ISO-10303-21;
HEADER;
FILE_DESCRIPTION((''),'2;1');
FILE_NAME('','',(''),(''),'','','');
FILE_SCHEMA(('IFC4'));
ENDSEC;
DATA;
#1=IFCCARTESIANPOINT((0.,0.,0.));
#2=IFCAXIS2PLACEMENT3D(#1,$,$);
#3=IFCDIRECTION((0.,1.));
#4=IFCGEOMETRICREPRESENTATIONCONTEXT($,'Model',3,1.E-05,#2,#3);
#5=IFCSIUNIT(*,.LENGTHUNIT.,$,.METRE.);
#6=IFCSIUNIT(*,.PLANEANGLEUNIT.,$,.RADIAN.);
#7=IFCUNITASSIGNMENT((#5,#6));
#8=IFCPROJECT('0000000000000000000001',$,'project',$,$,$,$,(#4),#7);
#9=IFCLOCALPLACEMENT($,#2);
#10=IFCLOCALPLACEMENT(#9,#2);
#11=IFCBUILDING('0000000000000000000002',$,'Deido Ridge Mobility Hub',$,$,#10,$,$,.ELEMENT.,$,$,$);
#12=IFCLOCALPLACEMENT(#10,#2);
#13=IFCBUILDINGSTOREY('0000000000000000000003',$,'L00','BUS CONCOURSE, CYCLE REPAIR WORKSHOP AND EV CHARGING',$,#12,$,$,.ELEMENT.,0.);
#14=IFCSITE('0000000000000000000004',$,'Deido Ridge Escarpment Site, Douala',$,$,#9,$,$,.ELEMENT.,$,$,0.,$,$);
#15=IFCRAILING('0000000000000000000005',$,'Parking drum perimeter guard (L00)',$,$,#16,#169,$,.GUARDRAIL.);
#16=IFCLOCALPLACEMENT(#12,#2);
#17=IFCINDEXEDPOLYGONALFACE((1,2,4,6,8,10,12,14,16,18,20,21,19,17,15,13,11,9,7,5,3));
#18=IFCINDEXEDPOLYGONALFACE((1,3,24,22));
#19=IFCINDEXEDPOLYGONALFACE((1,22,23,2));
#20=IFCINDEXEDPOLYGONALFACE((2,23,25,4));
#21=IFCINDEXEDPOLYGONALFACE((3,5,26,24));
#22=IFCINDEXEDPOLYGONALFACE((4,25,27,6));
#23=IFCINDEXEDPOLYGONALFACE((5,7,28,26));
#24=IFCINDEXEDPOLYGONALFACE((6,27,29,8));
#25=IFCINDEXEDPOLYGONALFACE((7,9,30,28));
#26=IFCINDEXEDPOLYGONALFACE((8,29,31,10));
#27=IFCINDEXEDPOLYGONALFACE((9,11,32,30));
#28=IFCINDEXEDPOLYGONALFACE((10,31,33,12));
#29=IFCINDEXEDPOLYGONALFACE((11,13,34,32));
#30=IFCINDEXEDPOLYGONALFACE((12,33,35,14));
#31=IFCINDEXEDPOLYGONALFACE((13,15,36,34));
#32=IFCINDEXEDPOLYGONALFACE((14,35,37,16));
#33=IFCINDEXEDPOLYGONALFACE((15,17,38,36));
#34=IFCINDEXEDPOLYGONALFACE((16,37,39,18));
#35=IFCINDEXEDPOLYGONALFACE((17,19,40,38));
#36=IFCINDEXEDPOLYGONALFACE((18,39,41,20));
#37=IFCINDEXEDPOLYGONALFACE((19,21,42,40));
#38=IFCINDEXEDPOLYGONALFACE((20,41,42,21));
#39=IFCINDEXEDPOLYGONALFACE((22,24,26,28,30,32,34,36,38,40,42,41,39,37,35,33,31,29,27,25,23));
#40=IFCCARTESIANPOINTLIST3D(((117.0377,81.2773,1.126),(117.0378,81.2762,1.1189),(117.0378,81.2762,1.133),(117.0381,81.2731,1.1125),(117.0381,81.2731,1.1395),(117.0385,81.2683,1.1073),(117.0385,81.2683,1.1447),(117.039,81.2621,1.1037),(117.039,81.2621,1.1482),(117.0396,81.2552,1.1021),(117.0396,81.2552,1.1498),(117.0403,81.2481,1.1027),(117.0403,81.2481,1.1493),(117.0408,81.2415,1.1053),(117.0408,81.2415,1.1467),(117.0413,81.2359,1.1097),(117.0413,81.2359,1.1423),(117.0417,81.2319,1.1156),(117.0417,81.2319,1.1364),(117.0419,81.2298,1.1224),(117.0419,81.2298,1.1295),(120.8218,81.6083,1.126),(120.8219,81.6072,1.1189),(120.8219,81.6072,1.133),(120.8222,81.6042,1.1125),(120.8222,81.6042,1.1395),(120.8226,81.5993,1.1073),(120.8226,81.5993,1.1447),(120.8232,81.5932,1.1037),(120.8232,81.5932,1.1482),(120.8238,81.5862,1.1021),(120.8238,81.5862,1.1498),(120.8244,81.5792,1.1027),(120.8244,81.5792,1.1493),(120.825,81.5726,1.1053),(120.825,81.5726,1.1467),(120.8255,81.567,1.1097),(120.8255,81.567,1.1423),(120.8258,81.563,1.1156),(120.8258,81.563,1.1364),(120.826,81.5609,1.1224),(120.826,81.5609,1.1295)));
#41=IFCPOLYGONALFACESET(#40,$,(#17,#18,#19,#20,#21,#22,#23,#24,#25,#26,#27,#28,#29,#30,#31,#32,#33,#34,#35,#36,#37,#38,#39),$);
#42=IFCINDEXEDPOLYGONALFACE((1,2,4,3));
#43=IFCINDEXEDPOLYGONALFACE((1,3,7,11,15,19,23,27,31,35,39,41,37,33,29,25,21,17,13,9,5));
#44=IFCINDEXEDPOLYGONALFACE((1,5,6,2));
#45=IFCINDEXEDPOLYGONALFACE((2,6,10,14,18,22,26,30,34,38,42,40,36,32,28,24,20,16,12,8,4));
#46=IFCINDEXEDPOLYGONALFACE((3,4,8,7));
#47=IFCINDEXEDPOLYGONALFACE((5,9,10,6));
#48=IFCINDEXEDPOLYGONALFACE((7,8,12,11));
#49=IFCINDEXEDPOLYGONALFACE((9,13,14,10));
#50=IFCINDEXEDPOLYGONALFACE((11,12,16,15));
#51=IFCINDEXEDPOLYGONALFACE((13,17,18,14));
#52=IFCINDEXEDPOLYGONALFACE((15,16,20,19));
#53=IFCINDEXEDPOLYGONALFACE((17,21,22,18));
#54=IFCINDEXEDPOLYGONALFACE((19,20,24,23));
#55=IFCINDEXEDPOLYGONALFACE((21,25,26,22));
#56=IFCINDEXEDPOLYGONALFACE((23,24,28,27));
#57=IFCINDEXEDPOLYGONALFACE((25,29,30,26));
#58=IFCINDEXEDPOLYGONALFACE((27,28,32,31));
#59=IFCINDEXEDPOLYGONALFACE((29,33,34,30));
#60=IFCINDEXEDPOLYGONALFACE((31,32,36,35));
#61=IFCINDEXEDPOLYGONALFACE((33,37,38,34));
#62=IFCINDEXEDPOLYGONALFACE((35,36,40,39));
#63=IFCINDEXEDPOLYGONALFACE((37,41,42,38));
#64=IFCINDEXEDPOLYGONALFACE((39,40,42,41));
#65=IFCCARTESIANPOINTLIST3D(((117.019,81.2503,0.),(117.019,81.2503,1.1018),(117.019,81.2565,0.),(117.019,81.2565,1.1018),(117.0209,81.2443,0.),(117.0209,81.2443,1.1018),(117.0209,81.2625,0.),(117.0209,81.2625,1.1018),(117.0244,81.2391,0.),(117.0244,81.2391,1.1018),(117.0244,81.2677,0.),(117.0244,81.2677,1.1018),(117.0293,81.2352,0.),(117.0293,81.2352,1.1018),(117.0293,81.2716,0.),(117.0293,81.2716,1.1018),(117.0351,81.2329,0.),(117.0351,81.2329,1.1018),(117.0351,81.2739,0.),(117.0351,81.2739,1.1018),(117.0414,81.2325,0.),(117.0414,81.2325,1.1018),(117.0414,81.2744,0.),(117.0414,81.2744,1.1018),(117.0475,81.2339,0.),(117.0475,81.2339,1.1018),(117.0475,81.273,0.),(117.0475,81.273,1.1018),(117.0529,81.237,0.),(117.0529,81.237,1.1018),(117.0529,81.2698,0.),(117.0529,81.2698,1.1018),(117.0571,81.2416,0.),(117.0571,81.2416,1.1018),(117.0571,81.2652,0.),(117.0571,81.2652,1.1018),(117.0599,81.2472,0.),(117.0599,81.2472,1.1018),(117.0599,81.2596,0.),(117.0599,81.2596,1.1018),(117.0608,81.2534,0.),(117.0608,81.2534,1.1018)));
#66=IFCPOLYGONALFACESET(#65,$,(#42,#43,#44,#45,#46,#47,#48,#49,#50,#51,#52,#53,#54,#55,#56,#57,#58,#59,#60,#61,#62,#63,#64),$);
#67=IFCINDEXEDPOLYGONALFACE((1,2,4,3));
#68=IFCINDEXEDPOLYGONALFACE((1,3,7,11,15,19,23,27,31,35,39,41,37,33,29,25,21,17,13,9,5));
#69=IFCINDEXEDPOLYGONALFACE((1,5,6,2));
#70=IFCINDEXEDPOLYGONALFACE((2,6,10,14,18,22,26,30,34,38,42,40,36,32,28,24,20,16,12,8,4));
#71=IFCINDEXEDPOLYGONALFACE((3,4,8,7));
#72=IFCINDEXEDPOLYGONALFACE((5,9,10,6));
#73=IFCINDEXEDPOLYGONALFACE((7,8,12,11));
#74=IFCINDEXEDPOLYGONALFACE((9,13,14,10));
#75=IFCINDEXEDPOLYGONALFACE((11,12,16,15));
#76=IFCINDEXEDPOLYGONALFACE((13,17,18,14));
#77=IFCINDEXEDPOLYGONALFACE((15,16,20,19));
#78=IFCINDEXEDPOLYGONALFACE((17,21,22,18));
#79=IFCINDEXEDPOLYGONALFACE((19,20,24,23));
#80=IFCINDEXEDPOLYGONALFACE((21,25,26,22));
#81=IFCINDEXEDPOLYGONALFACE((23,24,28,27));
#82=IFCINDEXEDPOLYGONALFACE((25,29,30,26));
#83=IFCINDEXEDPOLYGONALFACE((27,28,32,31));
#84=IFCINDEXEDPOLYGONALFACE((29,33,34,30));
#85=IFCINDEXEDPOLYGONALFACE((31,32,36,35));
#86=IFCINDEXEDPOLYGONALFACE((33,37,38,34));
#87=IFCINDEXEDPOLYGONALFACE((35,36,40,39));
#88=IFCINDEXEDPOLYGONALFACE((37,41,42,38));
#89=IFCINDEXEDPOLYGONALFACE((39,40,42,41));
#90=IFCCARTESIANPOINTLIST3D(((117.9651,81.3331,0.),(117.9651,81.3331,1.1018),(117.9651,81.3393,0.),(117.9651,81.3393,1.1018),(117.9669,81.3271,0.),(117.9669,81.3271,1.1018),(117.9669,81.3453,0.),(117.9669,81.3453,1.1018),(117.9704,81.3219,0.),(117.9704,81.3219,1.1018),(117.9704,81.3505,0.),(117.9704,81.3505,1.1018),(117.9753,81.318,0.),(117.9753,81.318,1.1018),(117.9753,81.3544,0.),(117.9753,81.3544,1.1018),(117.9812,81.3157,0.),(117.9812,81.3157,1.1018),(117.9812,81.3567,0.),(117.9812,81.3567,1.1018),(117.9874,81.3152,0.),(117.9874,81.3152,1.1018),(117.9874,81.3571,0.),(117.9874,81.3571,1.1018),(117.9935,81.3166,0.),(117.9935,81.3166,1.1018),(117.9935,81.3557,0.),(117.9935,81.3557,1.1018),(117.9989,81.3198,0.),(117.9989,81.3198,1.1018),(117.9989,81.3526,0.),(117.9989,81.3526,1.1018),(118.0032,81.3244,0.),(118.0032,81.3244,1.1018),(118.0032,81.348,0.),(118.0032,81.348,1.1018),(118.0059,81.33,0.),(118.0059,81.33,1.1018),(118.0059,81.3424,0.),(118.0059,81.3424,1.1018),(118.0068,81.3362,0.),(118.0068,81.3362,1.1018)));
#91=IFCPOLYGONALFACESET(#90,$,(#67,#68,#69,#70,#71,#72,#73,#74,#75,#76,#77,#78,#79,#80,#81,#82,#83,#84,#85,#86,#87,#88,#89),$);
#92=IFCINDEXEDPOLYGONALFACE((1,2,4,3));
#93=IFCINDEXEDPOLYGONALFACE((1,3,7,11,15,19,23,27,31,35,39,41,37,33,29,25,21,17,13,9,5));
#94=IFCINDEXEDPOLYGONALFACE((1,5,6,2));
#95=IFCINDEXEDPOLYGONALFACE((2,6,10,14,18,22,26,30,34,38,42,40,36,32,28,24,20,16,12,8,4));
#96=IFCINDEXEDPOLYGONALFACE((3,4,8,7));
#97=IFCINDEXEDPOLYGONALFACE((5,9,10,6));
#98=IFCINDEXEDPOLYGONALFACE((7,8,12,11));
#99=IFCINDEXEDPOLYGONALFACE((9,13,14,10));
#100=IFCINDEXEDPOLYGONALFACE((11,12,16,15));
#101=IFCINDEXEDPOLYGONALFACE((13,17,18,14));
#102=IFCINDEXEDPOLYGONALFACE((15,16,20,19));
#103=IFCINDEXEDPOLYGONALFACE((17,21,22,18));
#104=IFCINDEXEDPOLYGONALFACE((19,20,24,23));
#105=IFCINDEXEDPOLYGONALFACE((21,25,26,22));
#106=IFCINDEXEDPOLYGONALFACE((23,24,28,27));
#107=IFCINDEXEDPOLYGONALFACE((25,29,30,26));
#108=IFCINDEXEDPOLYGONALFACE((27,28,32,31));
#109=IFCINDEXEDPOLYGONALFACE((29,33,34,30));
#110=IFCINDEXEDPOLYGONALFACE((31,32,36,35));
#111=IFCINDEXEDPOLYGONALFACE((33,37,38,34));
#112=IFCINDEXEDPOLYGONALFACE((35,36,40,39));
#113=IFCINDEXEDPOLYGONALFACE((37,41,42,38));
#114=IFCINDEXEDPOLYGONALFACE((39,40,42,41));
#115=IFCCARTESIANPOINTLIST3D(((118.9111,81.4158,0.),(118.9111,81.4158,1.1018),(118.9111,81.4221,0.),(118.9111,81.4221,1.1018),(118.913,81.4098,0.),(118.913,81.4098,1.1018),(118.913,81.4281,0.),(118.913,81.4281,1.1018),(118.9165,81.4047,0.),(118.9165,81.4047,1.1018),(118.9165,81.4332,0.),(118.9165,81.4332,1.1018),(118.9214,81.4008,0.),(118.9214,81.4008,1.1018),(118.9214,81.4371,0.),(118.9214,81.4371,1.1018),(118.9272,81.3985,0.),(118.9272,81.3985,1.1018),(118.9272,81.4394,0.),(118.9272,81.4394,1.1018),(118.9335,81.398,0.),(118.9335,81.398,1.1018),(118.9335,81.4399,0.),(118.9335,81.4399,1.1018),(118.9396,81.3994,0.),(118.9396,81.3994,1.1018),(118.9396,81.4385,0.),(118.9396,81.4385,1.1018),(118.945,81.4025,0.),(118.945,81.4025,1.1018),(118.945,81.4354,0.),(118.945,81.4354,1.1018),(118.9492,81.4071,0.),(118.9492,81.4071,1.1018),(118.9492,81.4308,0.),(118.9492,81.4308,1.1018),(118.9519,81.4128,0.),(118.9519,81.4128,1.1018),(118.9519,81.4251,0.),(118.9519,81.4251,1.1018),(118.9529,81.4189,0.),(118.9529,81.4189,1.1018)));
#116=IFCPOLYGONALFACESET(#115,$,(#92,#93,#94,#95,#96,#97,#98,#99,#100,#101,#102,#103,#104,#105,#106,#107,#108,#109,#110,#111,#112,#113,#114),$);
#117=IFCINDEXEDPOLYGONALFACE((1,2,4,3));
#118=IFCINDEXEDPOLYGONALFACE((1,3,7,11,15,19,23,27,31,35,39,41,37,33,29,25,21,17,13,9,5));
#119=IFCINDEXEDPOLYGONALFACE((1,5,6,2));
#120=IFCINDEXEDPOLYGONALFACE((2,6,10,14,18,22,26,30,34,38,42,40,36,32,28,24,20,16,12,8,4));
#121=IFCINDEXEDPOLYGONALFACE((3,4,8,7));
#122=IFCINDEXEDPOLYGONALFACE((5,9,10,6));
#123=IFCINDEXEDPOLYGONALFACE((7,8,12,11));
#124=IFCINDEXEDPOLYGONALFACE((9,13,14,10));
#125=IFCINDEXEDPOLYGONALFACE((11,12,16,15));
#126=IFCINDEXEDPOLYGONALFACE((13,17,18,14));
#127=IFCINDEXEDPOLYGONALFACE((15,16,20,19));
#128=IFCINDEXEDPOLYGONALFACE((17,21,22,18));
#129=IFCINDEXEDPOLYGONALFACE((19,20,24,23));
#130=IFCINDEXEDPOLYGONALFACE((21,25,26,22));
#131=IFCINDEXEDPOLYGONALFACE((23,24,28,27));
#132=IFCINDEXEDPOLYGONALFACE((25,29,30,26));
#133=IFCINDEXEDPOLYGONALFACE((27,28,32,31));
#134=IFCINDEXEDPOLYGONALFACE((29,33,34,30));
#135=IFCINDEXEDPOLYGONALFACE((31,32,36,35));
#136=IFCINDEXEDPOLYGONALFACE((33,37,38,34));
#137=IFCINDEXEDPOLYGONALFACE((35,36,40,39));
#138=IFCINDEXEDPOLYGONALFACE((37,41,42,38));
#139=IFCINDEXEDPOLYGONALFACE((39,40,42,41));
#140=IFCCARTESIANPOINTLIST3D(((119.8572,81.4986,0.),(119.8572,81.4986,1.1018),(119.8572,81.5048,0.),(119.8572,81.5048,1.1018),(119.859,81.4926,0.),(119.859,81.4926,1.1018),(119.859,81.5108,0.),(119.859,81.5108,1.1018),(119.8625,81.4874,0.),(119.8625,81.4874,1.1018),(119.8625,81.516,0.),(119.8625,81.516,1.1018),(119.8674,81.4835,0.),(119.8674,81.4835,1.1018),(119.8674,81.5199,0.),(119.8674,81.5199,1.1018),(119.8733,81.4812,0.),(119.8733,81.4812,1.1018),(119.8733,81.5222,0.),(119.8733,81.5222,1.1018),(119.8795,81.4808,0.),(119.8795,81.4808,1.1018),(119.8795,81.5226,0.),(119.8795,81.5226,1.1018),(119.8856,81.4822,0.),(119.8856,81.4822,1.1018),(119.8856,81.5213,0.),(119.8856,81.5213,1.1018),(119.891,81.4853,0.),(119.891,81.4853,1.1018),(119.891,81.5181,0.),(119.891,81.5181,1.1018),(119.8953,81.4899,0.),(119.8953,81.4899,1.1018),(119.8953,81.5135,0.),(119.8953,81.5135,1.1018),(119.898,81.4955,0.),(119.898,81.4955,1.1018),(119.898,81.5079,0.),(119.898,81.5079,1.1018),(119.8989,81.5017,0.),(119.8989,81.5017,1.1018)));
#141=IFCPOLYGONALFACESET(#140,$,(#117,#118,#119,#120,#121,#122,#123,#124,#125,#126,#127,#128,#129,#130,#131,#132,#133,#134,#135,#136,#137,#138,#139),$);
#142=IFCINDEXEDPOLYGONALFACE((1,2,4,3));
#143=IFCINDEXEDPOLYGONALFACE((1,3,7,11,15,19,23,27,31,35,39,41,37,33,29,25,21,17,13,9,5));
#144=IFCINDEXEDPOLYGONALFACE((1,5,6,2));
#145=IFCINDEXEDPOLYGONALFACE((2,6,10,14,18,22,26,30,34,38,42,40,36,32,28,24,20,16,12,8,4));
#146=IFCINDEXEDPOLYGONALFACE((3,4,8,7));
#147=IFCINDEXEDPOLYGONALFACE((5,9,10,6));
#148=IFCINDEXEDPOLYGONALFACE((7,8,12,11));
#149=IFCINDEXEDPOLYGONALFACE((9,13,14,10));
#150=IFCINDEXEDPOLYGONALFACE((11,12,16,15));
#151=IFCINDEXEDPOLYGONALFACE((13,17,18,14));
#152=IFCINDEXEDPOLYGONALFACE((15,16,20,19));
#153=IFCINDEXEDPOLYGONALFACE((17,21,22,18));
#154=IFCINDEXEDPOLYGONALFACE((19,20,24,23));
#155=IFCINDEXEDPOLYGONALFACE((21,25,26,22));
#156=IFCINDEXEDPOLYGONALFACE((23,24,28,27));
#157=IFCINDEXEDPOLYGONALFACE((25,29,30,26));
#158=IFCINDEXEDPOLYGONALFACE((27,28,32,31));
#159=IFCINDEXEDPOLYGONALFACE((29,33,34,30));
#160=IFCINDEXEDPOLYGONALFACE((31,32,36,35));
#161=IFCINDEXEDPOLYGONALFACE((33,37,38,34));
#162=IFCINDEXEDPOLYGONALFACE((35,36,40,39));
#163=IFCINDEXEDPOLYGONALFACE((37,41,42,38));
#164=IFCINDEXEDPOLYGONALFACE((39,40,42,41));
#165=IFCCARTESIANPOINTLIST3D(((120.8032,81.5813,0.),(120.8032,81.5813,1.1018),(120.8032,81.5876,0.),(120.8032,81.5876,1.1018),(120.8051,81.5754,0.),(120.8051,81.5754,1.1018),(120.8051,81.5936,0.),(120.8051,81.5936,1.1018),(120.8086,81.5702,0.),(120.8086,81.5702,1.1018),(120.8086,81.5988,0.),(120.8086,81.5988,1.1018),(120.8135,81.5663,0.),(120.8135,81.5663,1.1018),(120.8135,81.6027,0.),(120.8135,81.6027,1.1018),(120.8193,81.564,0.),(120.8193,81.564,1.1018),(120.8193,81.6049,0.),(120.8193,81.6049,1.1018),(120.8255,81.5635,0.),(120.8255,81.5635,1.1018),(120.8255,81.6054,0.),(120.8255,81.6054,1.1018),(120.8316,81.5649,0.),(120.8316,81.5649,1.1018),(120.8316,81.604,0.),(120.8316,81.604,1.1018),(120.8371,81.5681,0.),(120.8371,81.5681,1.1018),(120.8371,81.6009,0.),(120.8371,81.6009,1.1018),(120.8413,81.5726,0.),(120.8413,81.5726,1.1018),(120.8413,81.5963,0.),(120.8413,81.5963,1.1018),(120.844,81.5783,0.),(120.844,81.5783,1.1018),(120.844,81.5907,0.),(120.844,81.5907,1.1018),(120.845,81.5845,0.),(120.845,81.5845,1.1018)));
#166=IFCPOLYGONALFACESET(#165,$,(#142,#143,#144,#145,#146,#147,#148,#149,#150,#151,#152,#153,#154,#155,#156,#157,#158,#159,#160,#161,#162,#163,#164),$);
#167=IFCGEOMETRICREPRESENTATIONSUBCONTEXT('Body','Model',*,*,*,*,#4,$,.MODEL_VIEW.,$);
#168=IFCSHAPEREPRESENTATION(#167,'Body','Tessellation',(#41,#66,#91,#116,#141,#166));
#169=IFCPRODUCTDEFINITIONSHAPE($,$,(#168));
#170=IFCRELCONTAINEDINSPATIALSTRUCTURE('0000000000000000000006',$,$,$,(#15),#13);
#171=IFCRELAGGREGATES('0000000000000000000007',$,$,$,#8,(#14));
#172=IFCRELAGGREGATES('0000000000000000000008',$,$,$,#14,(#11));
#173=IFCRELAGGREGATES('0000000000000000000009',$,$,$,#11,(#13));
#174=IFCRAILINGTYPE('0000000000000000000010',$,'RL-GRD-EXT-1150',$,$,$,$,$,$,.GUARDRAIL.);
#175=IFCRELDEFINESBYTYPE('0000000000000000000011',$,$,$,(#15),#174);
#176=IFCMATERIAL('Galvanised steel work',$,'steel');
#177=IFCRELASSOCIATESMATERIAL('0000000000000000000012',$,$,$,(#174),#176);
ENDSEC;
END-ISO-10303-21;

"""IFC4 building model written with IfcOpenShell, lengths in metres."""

from ifc_helpers import new_model, si_unit, direction, frame, origin, origin_2d, place, context, subcontext, project, spatial, circle, extrude, material, type_object, element, save


model = new_model("IFC4")

# Units and contexts
model_context = context("Model", 3, precision=1e-05, world=origin(), true_north=direction((0.0, 1.0)))
body_context = subcontext(model_context, "Body", "Model", "MODEL_VIEW")
ifc_project = project(units=[si_unit("LENGTHUNIT", "METRE"), si_unit("PLANEANGLEUNIT", "RADIAN")], contexts=[model_context])

# Site, building, storey
site_placement = place(None, origin())
site = spatial("IfcSite", under=ifc_project, at=site_placement, Name="Deido Ridge Escarpment Site, Douala", CompositionType="ELEMENT", RefElevation=0.0)
building_placement = place(site_placement, origin())
building = spatial("IfcBuilding", under=site, at=building_placement, Name="Deido Ridge Mobility Hub", CompositionType="ELEMENT")
storey_placement = place(building_placement, origin())
storey = spatial("IfcBuildingStorey", under=building, at=storey_placement, Name="L00", Description="BUS CONCOURSE, CYCLE REPAIR WORKSHOP AND EV CHARGING", CompositionType="ELEMENT", Elevation=0.0)

# Railing
ifc_material_1 = material(Name="Galvanised steel work", Category="steel")
railing_type = type_object("IfcRailingType", Name="RL-GRD-EXT-1150", PredefinedType="GUARDRAIL", material=ifc_material_1)
railing_1_placement = place(storey_placement, frame((117.0398, 81.2534, 0.0)))
element("IfcRailing", 1, at=railing_1_placement, inside=storey, type_object=railing_type, Name="Parking drum perimeter guard (L00)", PredefinedType="GUARDRAIL", context=body_context, shape_type="SweptSolid", body=[
    extrude(circle(Radius=0.0239, at=origin_2d()), frame((0.0, 0.0, 1.126), z_axis=(0.996195, 0.087151, 0.0), x_axis=(-0.087151, 0.996195, 0.0)), (0.0, 0.0, 1.0), 3.7986),
    extrude(circle(Radius=0.021, at=origin_2d()), origin(), (0.0, 0.0, 1.0), 1.1018),
    extrude(circle(Radius=0.021, at=origin_2d()), frame((0.946, 0.0828, 0.0)), (0.0, 0.0, 1.0), 1.1018),
    extrude(circle(Radius=0.021, at=origin_2d()), frame((1.8921, 0.1655, 0.0)), (0.0, 0.0, 1.0), 1.1018),
    extrude(circle(Radius=0.021, at=origin_2d()), frame((2.8381, 0.2483, 0.0)), (0.0, 0.0, 1.0), 1.1018),
    extrude(circle(Radius=0.021, at=origin_2d()), frame((3.7842, 0.3311, 0.0)), (0.0, 0.0, 1.0), 1.1018),
])

save(model, "model.ifc")
